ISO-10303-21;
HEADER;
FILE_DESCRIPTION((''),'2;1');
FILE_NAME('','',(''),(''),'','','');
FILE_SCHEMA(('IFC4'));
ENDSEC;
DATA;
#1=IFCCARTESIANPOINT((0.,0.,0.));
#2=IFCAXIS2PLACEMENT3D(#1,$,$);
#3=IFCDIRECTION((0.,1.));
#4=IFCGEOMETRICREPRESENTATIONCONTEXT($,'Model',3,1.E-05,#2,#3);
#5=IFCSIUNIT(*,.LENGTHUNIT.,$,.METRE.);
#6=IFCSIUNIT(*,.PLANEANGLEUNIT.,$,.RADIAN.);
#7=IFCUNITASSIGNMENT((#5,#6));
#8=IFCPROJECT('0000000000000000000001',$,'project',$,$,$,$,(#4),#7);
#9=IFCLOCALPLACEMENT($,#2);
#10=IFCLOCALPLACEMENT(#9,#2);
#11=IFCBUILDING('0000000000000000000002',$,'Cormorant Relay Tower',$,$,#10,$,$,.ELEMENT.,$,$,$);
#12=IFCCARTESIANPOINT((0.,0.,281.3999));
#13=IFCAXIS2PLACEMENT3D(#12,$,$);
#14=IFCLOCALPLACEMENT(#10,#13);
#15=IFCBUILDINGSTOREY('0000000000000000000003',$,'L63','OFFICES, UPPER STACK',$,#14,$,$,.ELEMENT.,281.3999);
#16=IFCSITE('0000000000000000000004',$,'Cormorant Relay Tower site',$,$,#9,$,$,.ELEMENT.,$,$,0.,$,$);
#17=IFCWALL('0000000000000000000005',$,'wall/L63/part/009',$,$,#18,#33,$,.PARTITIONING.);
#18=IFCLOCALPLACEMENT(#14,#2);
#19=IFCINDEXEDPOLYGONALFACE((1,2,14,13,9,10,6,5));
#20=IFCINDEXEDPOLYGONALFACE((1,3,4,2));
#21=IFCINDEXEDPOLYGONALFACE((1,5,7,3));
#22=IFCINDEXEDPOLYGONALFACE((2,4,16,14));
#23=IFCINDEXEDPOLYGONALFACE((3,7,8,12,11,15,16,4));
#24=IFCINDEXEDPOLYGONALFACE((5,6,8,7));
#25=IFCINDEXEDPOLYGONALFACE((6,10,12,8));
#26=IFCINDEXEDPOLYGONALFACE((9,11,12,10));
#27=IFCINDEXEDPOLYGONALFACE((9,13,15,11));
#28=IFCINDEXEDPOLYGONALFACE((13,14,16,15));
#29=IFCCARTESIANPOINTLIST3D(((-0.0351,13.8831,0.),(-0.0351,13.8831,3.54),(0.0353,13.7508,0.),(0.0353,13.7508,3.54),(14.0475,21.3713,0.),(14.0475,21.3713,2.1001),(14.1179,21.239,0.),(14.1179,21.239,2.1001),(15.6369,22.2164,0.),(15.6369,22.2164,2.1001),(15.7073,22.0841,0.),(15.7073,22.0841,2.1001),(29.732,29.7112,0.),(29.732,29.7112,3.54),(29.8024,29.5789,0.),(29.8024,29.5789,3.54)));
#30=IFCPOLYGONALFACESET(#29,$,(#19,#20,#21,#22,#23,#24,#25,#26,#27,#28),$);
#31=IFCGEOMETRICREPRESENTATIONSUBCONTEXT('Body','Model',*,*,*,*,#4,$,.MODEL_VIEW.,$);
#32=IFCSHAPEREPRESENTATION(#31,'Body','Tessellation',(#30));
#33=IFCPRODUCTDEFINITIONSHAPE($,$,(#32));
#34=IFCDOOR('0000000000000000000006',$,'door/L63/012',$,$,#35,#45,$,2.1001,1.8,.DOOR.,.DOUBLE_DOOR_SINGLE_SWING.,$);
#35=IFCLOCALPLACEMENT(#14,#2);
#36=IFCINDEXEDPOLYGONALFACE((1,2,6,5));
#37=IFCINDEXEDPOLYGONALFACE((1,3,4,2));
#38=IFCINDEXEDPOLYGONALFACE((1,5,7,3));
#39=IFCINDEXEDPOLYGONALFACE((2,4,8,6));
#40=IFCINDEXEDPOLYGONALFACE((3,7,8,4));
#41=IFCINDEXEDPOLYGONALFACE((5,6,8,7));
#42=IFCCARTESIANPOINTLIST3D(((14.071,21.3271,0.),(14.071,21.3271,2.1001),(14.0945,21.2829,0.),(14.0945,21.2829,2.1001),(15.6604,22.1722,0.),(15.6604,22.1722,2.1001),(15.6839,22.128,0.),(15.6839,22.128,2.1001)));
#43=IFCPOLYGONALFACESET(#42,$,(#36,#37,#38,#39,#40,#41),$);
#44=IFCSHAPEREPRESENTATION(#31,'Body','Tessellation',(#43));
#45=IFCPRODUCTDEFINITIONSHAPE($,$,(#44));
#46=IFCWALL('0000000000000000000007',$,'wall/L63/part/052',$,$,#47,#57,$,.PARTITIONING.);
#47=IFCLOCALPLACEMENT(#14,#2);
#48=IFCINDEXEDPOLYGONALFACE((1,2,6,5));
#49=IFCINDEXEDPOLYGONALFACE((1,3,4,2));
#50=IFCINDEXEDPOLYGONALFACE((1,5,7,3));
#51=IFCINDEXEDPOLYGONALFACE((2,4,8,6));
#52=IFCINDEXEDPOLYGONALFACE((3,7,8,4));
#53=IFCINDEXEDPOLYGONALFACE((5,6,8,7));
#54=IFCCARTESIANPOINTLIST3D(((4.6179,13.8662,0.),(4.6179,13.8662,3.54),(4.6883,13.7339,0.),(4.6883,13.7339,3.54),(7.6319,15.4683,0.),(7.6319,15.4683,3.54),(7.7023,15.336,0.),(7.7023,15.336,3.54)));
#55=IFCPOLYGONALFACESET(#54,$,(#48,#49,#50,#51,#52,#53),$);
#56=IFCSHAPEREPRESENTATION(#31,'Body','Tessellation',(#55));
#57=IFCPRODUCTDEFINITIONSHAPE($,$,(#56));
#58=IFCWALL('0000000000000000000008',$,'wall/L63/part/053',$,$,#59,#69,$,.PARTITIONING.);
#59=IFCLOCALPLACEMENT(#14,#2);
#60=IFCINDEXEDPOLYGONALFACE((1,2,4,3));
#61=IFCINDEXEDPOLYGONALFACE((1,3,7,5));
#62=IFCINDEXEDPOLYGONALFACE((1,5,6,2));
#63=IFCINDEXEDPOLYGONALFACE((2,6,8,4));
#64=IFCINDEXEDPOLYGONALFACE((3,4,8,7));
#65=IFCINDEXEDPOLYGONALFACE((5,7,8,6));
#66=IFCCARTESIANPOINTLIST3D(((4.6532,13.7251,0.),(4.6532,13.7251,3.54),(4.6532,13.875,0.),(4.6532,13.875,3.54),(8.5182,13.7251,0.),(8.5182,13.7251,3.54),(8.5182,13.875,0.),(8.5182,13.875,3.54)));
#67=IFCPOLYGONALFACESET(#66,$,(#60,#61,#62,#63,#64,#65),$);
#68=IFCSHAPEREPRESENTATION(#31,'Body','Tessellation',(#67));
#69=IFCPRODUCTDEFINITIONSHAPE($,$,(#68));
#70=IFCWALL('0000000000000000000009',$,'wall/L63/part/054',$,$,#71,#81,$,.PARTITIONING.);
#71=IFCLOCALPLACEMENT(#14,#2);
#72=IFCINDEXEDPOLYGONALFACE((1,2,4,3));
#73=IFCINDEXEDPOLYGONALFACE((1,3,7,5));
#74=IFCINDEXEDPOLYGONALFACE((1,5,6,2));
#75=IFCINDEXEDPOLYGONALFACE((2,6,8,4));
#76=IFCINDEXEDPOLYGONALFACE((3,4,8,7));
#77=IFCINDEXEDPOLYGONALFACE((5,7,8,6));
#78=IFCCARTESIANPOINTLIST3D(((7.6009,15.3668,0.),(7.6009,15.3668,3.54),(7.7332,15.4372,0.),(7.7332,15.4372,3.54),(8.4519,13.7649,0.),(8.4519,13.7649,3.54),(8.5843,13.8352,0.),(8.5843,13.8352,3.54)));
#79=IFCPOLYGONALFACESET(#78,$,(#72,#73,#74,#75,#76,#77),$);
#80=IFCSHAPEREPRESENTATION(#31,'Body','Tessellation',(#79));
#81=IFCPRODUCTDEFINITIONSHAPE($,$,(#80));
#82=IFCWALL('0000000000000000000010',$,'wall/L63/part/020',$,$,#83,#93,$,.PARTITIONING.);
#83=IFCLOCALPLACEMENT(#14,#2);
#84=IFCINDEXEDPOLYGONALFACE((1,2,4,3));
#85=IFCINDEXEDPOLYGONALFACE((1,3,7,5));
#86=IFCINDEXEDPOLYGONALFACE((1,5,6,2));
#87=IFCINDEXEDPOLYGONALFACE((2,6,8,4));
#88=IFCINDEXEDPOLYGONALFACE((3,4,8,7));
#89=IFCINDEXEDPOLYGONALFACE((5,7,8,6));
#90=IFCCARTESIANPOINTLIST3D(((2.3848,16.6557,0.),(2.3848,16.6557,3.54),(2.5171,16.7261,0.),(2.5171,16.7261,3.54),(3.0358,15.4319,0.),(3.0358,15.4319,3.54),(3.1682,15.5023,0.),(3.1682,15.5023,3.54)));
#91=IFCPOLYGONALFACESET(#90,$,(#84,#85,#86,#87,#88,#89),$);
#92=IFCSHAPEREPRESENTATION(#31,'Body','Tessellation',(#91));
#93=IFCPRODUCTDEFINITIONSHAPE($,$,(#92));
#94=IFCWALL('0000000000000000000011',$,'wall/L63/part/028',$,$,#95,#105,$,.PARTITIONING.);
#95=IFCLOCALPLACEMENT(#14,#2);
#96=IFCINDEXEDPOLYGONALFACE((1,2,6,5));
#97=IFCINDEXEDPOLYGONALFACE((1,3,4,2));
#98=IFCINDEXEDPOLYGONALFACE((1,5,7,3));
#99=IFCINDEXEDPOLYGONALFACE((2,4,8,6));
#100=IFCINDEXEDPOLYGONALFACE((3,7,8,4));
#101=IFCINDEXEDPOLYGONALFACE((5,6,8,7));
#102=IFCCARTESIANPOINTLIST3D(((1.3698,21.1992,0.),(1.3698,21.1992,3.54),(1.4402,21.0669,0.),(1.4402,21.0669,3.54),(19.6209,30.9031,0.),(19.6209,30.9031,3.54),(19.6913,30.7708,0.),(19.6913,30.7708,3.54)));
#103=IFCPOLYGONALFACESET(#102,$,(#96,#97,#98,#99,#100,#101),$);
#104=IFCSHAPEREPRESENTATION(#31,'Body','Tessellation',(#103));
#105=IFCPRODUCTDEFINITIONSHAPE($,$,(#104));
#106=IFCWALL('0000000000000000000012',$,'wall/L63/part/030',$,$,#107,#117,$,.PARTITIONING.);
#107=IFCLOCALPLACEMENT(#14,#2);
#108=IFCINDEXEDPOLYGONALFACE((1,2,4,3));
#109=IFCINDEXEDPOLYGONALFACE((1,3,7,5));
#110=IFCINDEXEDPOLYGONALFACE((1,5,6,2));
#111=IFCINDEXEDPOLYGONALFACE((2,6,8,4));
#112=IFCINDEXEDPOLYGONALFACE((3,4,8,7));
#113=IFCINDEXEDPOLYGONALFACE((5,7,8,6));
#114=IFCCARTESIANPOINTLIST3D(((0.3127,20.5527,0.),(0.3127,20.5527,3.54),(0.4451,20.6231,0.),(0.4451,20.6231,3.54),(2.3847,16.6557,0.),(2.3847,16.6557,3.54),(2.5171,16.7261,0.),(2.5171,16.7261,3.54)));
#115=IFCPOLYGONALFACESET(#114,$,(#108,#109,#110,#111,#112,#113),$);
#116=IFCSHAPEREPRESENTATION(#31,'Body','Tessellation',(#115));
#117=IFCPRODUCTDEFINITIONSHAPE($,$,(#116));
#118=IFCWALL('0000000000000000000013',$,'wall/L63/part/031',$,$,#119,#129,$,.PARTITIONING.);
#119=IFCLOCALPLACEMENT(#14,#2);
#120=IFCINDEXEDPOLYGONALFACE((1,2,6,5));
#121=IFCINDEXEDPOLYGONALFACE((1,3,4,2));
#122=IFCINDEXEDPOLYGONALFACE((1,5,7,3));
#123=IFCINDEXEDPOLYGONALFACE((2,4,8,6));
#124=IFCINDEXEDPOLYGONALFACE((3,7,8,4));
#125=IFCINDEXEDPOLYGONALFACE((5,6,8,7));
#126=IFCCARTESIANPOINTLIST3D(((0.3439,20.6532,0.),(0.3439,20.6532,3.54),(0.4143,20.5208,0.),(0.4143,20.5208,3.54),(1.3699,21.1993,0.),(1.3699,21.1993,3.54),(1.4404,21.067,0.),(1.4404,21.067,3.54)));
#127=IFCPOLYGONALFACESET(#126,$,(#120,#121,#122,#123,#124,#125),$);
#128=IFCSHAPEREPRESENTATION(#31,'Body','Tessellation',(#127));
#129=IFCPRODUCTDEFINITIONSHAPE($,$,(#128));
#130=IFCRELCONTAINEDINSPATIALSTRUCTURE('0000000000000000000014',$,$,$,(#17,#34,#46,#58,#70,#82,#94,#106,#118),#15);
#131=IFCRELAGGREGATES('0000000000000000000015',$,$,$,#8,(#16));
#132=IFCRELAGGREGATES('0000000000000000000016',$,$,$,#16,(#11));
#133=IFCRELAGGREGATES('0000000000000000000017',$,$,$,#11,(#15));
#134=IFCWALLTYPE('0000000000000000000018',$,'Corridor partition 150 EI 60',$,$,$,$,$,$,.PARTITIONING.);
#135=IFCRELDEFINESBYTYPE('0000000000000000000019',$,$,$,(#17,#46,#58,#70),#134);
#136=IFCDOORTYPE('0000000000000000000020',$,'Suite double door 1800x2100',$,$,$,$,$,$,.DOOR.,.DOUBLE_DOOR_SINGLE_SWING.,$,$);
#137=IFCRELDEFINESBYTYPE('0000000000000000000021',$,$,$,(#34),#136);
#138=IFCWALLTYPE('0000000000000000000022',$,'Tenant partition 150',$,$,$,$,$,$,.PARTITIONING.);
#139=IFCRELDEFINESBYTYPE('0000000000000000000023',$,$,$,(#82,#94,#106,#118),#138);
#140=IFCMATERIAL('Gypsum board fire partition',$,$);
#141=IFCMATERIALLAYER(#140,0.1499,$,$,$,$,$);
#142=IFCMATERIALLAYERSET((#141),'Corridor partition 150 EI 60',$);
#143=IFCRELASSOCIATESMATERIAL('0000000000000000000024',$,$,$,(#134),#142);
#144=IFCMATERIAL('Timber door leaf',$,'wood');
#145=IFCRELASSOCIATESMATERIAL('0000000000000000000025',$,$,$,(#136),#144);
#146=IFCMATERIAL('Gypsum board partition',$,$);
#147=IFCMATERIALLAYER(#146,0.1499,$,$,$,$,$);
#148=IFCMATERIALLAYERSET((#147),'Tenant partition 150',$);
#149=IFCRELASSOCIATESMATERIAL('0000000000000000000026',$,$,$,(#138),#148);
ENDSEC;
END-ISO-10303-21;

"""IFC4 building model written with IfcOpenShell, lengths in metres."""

from ifc_helpers import new_model, si_unit, direction, frame, frame_2d, origin, place, context, subcontext, project, spatial, rectangle, extrude, material, layer, layer_set, type_object, element, fill, save


model = new_model("IFC4")

# Units and contexts
model_context = context("Model", 3, precision=1e-05, world=origin(), true_north=direction((0.0, 1.0)))
body_context = subcontext(model_context, "Body", "Model", "MODEL_VIEW")
ifc_project = project(units=[si_unit("LENGTHUNIT", "METRE"), si_unit("PLANEANGLEUNIT", "RADIAN")], contexts=[model_context])

# Site, building, storey
site_placement = place(None, origin())
site = spatial("IfcSite", under=ifc_project, at=site_placement, Name="Cormorant Relay Tower site", CompositionType="ELEMENT", RefElevation=0.0)
building_placement = place(site_placement, origin())
building = spatial("IfcBuilding", under=site, at=building_placement, Name="Cormorant Relay Tower", CompositionType="ELEMENT")
storey_placement = place(building_placement, frame((0.0, 0.0, 281.3999)))
storey = spatial("IfcBuildingStorey", under=building, at=storey_placement, Name="L63", Description="OFFICES, UPPER STACK", CompositionType="ELEMENT", Elevation=281.3999)

# Wall, opening, door
ifc_material_1 = material(Name="Gypsum board fire partition")
ifc_layer_1 = layer(ifc_material_1, 0.1499)
ifc_layer_set_1 = layer_set([ifc_layer_1], Name="Corridor partition 150 EI 60")
wall_type_1 = type_object("IfcWallType", Name="Corridor partition 150 EI 60", PredefinedType="PARTITIONING", material=ifc_layer_set_1)
wall_1_placement = place(storey_placement, frame((0.0, 13.8169, 0.0), z_axis=(0.0, 0.0, 1.0), x_axis=(0.882939, 0.469487, 0.0)))
wall_1 = element("IfcWall", 1, at=wall_1_placement, inside=storey, type_object=wall_type_1, Name="wall/L63/part/009", PredefinedType="PARTITIONING", context=body_context, shape_type="SweptSolid", body=[
    extrude(rectangle(XDim=33.7136, YDim=0.1499, at=frame_2d((16.8569, 0.0))), origin(), (0.0, 0.0, 1.0), 3.54),
])
opening_1_placement = place(wall_1_placement, frame((15.95, 0.0, 0.0)))
opening_1 = element("IfcOpeningElement", 2, at=opening_1_placement, cuts=wall_1, PredefinedType="OPENING", context=body_context, shape_type="SweptSolid", body=[
    extrude(rectangle(XDim=1.8, YDim=2.1001, at=frame_2d((0.8999, 1.05))), frame((0.0, 0.085, 0.0), z_axis=(0.0, -1.0, 0.0), x_axis=(1.0, 0.0, 0.0)), (0.0, 0.0, 1.0), 0.1699),
])
ifc_material_2 = material(Name="Timber door leaf", Category="wood")
door_type_1 = type_object("IfcDoorType", Name="Suite double door 1800x2100", OperationType="DOUBLE_DOOR_SINGLE_SWING", PredefinedType="DOOR", material=ifc_material_2)
door_1_placement = place(opening_1_placement, origin())
door_1 = element("IfcDoor", 3, at=door_1_placement, inside=storey, type_object=door_type_1, Name="door/L63/012", OperationType="DOUBLE_DOOR_SINGLE_SWING", OverallHeight=2.1001, OverallWidth=1.8, PredefinedType="DOOR", context=body_context, shape_type="SweptSolid", body=[
    extrude(rectangle(XDim=1.8, YDim=2.1001, at=frame_2d((0.8999, 1.05))), frame((0.0, 0.0249, 0.0), z_axis=(0.0, -1.0, 0.0), x_axis=(1.0, 0.0, 0.0)), (0.0, 0.0, 1.0), 0.05),
])
fill(opening_1, door_1)

# Walls
wall_2_placement = place(storey_placement, frame((7.667, 15.4021, 0.0), z_axis=(0.0, 0.0, 1.0), x_axis=(-0.883005, -0.469363, 0.0)))
element("IfcWall", 4, at=wall_2_placement, inside=storey, type_object=wall_type_1, Name="wall/L63/part/052", PredefinedType="PARTITIONING", context=body_context, shape_type="SweptSolid", body=[
    extrude(rectangle(XDim=3.4133, YDim=0.1499, at=frame_2d((1.7065, 0.0))), origin(), (0.0, 0.0, 1.0), 3.54),
])
wall_3_placement = place(storey_placement, frame((4.6531, 13.8, 0.0), z_axis=(0.0, 0.0, 1.0), x_axis=(1.0, 0.0, 0.0)))
element("IfcWall", 5, at=wall_3_placement, inside=storey, type_object=wall_type_1, Name="wall/L63/part/053", PredefinedType="PARTITIONING", context=body_context, shape_type="SweptSolid", body=[
    extrude(rectangle(XDim=3.865, YDim=0.1499, at=frame_2d((1.9326, 0.0))), origin(), (0.0, 0.0, 1.0), 3.54),
])
wall_4_placement = place(storey_placement, frame((8.5181, 13.8, 0.0), z_axis=(0.0, 0.0, 1.0), x_axis=(-0.469149, 0.883119, 0.0)))
element("IfcWall", 6, at=wall_4_placement, inside=storey, type_object=wall_type_1, Name="wall/L63/part/054", PredefinedType="PARTITIONING", context=body_context, shape_type="SweptSolid", body=[
    extrude(rectangle(XDim=1.814, YDim=0.1499, at=frame_2d((0.907, 0.0))), origin(), (0.0, 0.0, 1.0), 3.54),
])
ifc_material_3 = material(Name="Gypsum board partition")
ifc_layer_2 = layer(ifc_material_3, 0.1499)
ifc_layer_set_2 = layer_set([ifc_layer_2], Name="Tenant partition 150")
wall_type_2 = type_object("IfcWallType", Name="Tenant partition 150", PredefinedType="PARTITIONING", material=ifc_layer_set_2)
wall_5_placement = place(storey_placement, frame((2.4509, 16.6909, 0.0), z_axis=(0.0, 0.0, 1.0), x_axis=(0.469683, -0.882835, 0.0)))
element("IfcWall", 7, at=wall_5_placement, inside=storey, type_object=wall_type_2, Name="wall/L63/part/020", PredefinedType="PARTITIONING", context=body_context, shape_type="SweptSolid", body=[
    extrude(rectangle(XDim=1.3862, YDim=0.1499, at=frame_2d((0.6931, 0.0))), origin(), (0.0, 0.0, 1.0), 3.54),
])
wall_6_placement = place(storey_placement, frame((1.405, 21.1331, 0.0), z_axis=(0.0, 0.0, 1.0), x_axis=(0.882955, 0.469458, 0.0)))
element("IfcWall", 8, at=wall_6_placement, inside=storey, type_object=wall_type_2, Name="wall/L63/part/028", PredefinedType="PARTITIONING", context=body_context, shape_type="SweptSolid", body=[
    extrude(rectangle(XDim=20.6704, YDim=0.1499, at=frame_2d((10.3352, 0.0))), origin(), (0.0, 0.0, 1.0), 3.54),
])
wall_7_placement = place(storey_placement, frame((2.4509, 16.6909, 0.0), z_axis=(0.0, 0.0, 1.0), x_axis=(-0.469465, 0.882951, 0.0)))
element("IfcWall", 9, at=wall_7_placement, inside=storey, type_object=wall_type_2, Name="wall/L63/part/030", PredefinedType="PARTITIONING", context=body_context, shape_type="SweptSolid", body=[
    extrude(rectangle(XDim=4.4136, YDim=0.1499, at=frame_2d((2.2068, 0.0))), origin(), (0.0, 0.0, 1.0), 3.54),
])
wall_8_placement = place(storey_placement, frame((1.405, 21.1331, 0.0), z_axis=(0.0, 0.0, 1.0), x_axis=(-0.882754, -0.469836, 0.0)))
element("IfcWall", 10, at=wall_8_placement, inside=storey, type_object=wall_type_2, Name="wall/L63/part/031", PredefinedType="PARTITIONING", context=body_context, shape_type="SweptSolid", body=[
    extrude(rectangle(XDim=1.1624, YDim=0.1499, at=frame_2d((0.5811, 0.0))), origin(), (0.0, 0.0, 1.0), 3.54),
])

save(model, "model.ifc")
